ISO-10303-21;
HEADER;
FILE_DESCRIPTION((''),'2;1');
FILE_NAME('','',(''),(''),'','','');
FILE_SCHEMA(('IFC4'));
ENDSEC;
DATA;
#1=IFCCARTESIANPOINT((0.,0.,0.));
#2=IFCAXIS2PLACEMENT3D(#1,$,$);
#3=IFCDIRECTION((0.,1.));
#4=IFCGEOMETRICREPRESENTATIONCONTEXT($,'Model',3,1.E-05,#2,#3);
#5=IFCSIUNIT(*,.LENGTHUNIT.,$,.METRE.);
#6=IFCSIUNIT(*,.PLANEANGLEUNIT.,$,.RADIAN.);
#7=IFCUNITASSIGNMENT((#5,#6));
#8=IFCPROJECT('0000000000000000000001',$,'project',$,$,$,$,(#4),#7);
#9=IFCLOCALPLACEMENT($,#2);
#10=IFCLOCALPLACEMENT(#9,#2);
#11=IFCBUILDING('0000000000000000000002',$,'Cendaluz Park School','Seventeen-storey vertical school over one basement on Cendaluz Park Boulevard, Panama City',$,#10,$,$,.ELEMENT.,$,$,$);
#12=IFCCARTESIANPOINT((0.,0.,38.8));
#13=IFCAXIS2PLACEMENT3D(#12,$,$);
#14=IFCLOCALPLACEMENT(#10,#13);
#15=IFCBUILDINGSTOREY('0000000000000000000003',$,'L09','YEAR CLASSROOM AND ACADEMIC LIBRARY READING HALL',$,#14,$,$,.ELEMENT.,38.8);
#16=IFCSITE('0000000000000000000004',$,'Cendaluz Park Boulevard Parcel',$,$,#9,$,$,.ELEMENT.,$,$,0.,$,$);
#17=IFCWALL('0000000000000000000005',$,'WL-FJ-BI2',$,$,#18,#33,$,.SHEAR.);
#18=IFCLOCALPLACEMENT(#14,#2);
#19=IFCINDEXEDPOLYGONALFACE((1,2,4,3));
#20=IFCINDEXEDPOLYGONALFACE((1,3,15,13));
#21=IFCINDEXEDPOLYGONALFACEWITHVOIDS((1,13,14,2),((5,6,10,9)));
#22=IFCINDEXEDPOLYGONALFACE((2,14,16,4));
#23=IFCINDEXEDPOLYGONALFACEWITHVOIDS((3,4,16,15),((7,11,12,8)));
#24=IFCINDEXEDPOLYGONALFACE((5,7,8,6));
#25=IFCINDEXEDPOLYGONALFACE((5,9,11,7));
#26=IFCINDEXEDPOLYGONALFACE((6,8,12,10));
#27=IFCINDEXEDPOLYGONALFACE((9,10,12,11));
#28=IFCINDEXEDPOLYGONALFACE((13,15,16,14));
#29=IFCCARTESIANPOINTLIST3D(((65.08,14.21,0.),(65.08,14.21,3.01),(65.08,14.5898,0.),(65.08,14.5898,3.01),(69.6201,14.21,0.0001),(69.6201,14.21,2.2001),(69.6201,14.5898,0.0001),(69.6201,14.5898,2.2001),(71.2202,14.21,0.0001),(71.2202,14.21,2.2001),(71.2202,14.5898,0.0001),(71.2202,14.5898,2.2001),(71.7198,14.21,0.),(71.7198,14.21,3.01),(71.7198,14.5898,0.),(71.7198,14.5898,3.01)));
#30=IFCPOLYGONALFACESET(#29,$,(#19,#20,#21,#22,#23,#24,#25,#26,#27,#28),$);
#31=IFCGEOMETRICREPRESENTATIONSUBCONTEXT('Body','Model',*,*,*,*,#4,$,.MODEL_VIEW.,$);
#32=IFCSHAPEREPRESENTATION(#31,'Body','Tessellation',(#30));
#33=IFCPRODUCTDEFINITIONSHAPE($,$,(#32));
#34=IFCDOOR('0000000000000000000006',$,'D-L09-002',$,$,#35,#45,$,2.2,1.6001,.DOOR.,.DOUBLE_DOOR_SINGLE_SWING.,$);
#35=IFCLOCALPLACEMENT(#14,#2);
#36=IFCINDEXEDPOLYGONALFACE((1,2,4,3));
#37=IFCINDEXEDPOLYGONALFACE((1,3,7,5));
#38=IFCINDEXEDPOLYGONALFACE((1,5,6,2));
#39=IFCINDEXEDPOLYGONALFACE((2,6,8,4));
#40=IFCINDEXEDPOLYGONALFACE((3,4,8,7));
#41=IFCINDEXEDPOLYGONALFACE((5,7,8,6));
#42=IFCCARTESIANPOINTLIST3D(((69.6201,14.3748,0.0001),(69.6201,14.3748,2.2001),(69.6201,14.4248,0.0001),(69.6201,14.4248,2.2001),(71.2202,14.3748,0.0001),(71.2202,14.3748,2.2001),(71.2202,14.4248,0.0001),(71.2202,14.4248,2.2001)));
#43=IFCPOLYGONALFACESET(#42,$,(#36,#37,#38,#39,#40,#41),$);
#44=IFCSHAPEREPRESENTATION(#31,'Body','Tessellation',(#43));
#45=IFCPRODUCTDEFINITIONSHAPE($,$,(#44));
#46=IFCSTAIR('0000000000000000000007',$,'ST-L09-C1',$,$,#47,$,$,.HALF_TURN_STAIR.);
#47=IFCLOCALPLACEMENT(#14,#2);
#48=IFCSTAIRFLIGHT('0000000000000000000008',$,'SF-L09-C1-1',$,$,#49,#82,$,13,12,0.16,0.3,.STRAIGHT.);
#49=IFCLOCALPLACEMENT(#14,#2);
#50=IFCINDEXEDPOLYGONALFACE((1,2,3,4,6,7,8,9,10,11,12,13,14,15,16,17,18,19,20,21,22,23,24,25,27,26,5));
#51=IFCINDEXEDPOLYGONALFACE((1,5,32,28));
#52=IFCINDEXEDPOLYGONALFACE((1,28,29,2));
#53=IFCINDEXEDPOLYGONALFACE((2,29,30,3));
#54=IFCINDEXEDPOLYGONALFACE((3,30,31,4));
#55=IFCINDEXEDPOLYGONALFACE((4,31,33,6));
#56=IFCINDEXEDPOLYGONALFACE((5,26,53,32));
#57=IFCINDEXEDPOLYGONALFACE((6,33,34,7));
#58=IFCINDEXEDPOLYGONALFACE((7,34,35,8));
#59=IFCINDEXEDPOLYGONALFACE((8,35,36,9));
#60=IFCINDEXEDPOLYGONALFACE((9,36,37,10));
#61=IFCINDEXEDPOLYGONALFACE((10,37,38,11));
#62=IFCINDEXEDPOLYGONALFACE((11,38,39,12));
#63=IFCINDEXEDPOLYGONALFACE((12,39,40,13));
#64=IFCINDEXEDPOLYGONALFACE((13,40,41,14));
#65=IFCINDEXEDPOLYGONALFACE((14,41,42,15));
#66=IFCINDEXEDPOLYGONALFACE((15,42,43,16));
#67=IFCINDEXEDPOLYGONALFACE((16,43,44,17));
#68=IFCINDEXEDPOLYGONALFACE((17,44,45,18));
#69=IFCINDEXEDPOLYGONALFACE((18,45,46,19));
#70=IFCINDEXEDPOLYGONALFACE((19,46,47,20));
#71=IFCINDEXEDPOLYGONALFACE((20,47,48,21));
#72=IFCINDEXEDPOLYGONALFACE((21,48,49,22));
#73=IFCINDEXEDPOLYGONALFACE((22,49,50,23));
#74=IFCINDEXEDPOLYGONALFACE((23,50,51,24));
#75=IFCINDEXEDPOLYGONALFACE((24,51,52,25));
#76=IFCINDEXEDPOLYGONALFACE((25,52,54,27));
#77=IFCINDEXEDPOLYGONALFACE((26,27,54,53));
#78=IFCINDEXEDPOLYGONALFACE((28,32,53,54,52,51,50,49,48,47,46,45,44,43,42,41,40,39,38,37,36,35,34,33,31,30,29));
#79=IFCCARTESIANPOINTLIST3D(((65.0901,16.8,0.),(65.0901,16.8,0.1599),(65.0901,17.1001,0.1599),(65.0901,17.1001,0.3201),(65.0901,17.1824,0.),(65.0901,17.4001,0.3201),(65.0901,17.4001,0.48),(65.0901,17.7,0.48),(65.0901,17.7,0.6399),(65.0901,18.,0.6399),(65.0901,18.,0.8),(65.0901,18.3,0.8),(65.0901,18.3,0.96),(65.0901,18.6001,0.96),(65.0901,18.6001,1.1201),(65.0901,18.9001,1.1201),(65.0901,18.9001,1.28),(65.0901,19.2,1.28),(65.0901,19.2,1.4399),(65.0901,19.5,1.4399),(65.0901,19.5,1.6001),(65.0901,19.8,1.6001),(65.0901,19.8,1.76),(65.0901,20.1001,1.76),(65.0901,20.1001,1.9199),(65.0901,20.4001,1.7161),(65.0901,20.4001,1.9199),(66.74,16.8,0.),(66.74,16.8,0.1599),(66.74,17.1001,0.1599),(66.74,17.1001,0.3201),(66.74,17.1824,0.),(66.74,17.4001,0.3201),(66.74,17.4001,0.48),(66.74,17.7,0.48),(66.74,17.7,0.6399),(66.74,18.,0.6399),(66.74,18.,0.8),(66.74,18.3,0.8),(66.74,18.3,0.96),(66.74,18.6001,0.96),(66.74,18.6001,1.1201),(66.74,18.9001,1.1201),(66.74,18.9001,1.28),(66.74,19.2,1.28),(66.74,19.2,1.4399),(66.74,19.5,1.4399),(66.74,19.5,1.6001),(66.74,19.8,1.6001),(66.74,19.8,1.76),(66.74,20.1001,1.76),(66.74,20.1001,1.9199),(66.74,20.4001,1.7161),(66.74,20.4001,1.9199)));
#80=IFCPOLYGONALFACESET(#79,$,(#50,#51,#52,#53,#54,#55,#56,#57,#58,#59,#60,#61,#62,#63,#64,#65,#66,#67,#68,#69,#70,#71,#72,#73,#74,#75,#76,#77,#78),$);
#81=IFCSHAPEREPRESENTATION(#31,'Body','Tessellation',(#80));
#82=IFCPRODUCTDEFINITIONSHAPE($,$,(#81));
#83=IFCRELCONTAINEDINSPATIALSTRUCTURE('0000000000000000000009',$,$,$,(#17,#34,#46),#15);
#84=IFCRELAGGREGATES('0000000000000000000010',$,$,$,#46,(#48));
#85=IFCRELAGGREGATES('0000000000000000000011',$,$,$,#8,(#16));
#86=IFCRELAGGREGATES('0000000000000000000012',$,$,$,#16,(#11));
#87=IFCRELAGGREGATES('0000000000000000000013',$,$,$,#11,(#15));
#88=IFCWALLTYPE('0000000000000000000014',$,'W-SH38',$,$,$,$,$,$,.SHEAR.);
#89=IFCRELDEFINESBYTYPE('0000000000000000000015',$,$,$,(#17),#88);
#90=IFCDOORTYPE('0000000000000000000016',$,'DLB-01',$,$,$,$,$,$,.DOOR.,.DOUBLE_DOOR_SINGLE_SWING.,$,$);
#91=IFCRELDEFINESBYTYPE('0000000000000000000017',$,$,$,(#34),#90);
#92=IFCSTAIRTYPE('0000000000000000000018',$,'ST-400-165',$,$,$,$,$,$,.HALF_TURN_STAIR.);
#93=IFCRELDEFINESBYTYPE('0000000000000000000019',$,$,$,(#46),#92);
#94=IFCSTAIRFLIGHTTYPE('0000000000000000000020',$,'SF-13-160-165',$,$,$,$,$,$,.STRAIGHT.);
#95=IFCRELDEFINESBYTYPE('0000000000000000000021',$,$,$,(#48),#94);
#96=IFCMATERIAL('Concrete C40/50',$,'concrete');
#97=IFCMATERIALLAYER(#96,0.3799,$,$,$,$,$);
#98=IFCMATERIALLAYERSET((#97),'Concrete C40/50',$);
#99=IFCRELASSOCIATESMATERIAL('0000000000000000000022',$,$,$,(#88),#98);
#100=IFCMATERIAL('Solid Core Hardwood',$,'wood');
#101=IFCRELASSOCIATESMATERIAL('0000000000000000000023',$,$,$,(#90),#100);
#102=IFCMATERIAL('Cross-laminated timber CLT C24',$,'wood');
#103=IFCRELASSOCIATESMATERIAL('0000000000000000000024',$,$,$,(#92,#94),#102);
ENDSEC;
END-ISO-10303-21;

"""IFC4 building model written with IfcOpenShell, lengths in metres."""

from ifc_helpers import new_model, si_unit, direction, frame, frame_2d, origin, place, context, subcontext, project, spatial, polyline, rectangle, outline, extrude, material, layer, layer_set, type_object, element, fill, aggregate, save


model = new_model("IFC4")

# Units and contexts
model_context = context("Model", 3, precision=1e-05, world=origin(), true_north=direction((0.0, 1.0)))
body_context = subcontext(model_context, "Body", "Model", "MODEL_VIEW")
ifc_project = project(units=[si_unit("LENGTHUNIT", "METRE"), si_unit("PLANEANGLEUNIT", "RADIAN")], contexts=[model_context])

# Site, building, storey
site_placement = place(None, origin())
site = spatial("IfcSite", under=ifc_project, at=site_placement, Name="Cendaluz Park Boulevard Parcel", CompositionType="ELEMENT", RefElevation=0.0)
building_placement = place(site_placement, origin())
building = spatial("IfcBuilding", under=site, at=building_placement, Name="Cendaluz Park School", Description="Seventeen-storey vertical school over one basement on Cendaluz Park Boulevard, Panama City", CompositionType="ELEMENT")
storey_placement = place(building_placement, frame((0.0, 0.0, 38.8)))
storey = spatial("IfcBuildingStorey", under=building, at=storey_placement, Name="L09", Description="YEAR CLASSROOM AND ACADEMIC LIBRARY READING HALL", CompositionType="ELEMENT", Elevation=38.8)

# Shared definitions
ifc_material_1 = material(Name="Cross-laminated timber CLT C24", Category="wood")

# Shared definitions
ifc_material_2 = material(Name="Concrete C40/50", Category="concrete")
ifc_material_3 = material(Name="Solid Core Hardwood", Category="wood")

# Wall, opening, door
ifc_layer_1 = layer(ifc_material_2, 0.3799)
ifc_layer_set_1 = layer_set([ifc_layer_1], Name="Concrete C40/50")
wall_type_1 = type_object("IfcWallType", Name="W-SH38", PredefinedType="SHEAR", material=ifc_layer_set_1)
door_type_1 = type_object("IfcDoorType", Name="DLB-01", OperationType="DOUBLE_DOOR_SINGLE_SWING", PredefinedType="DOOR", material=ifc_material_3)
wall_1_placement = place(storey_placement, frame((65.0801, 14.3999, 0.0), z_axis=(0.0, 0.0, 1.0), x_axis=(1.0, 0.0, 0.0)))
wall_1 = element("IfcWall", 1, at=wall_1_placement, inside=storey, type_object=wall_type_1, Name="WL-FJ-BI2", PredefinedType="SHEAR", context=body_context, shape_type="SweptSolid", body=[
    extrude(rectangle(XDim=6.6399, YDim=0.3799, at=frame_2d((3.3198, 0.0))), origin(), (0.0, 0.0, 1.0), 3.01),
])
opening_1_placement = place(wall_1_placement, frame((4.54, 0.0, 0.0)))
opening_1 = element("IfcOpeningElement", 2, at=opening_1_placement, cuts=wall_1, PredefinedType="OPENING", context=body_context, shape_type="SweptSolid", body=[
    extrude(rectangle(XDim=1.6001, YDim=2.2, at=frame_2d((0.8, 1.1001))), frame((0.0, 0.2019, 0.0), z_axis=(0.0, -1.0, 0.0), x_axis=(1.0, 0.0, 0.0)), (0.0, 0.0, 1.0), 0.4038),
])
door_1_placement = place(opening_1_placement, origin())
door_1 = element("IfcDoor", 3, at=door_1_placement, inside=storey, type_object=door_type_1, Name="D-L09-002", OperationType="DOUBLE_DOOR_SINGLE_SWING", OverallHeight=2.2, OverallWidth=1.6001, PredefinedType="DOOR", context=body_context, shape_type="SweptSolid", body=[
    extrude(rectangle(XDim=1.6001, YDim=2.2, at=frame_2d((0.8, 1.1001))), frame((0.0, 0.0249, 0.0), z_axis=(0.0, -1.0, 0.0), x_axis=(1.0, 0.0, 0.0)), (0.0, 0.0, 1.0), 0.05),
])
fill(opening_1, door_1)

# Stair, stair flight
stair_type = type_object("IfcStairType", Name="ST-400-165", PredefinedType="HALF_TURN_STAIR", material=ifc_material_1)
stair_placement = place(storey_placement, origin())
stair = element("IfcStair", 4, at=stair_placement, inside=storey, type_object=stair_type, Name="ST-L09-C1", PredefinedType="HALF_TURN_STAIR")
stair_flight_type = type_object("IfcStairFlightType", Name="SF-13-160-165", PredefinedType="STRAIGHT", material=ifc_material_1)
stair_flight_placement = place(storey_placement, frame((65.915, 16.8, 0.0), z_axis=(0.0, 0.0, 1.0), x_axis=(0.0, 1.0, 0.0)))
stair_flight = element("IfcStairFlight", 5, at=stair_flight_placement, type_object=stair_flight_type, Name="SF-L09-C1-1", NumberOfRisers=13, NumberOfTreads=12, PredefinedType="STRAIGHT", RiserHeight=0.16, TreadLength=0.3, context=body_context, shape_type="SweptSolid", body=[
    extrude(outline(polyline([(0.0, 0.0), (0.0, 0.1599), (0.3, 0.1599), (0.3, 0.3201), (0.6001, 0.3201), (0.6001, 0.48), (0.8999, 0.48), (0.8999, 0.6399), (1.2, 0.6399), (1.2, 0.8), (1.5, 0.8), (1.5, 0.96), (1.8, 0.96), (1.8, 1.1201), (2.1001, 1.1201), (2.1001, 1.28), (2.3999, 1.28), (2.3999, 1.4399), (2.7, 1.4399), (2.7, 1.6001), (3.0, 1.6001), (3.0, 1.76), (3.3, 1.76), (3.3, 1.9199), (3.6001, 1.9199), (3.6001, 2.0801), (3.6001, 1.7161), (0.3823, 0.0), (0.0, 0.0)])), frame((0.0, 0.825, 0.0), z_axis=(0.0, -1.0, 0.0), x_axis=(1.0, 0.0, 0.0)), (0.0, 0.0, 1.0), 1.6499),
])
aggregate(stair, [stair_flight])

save(model, "model.ifc")
